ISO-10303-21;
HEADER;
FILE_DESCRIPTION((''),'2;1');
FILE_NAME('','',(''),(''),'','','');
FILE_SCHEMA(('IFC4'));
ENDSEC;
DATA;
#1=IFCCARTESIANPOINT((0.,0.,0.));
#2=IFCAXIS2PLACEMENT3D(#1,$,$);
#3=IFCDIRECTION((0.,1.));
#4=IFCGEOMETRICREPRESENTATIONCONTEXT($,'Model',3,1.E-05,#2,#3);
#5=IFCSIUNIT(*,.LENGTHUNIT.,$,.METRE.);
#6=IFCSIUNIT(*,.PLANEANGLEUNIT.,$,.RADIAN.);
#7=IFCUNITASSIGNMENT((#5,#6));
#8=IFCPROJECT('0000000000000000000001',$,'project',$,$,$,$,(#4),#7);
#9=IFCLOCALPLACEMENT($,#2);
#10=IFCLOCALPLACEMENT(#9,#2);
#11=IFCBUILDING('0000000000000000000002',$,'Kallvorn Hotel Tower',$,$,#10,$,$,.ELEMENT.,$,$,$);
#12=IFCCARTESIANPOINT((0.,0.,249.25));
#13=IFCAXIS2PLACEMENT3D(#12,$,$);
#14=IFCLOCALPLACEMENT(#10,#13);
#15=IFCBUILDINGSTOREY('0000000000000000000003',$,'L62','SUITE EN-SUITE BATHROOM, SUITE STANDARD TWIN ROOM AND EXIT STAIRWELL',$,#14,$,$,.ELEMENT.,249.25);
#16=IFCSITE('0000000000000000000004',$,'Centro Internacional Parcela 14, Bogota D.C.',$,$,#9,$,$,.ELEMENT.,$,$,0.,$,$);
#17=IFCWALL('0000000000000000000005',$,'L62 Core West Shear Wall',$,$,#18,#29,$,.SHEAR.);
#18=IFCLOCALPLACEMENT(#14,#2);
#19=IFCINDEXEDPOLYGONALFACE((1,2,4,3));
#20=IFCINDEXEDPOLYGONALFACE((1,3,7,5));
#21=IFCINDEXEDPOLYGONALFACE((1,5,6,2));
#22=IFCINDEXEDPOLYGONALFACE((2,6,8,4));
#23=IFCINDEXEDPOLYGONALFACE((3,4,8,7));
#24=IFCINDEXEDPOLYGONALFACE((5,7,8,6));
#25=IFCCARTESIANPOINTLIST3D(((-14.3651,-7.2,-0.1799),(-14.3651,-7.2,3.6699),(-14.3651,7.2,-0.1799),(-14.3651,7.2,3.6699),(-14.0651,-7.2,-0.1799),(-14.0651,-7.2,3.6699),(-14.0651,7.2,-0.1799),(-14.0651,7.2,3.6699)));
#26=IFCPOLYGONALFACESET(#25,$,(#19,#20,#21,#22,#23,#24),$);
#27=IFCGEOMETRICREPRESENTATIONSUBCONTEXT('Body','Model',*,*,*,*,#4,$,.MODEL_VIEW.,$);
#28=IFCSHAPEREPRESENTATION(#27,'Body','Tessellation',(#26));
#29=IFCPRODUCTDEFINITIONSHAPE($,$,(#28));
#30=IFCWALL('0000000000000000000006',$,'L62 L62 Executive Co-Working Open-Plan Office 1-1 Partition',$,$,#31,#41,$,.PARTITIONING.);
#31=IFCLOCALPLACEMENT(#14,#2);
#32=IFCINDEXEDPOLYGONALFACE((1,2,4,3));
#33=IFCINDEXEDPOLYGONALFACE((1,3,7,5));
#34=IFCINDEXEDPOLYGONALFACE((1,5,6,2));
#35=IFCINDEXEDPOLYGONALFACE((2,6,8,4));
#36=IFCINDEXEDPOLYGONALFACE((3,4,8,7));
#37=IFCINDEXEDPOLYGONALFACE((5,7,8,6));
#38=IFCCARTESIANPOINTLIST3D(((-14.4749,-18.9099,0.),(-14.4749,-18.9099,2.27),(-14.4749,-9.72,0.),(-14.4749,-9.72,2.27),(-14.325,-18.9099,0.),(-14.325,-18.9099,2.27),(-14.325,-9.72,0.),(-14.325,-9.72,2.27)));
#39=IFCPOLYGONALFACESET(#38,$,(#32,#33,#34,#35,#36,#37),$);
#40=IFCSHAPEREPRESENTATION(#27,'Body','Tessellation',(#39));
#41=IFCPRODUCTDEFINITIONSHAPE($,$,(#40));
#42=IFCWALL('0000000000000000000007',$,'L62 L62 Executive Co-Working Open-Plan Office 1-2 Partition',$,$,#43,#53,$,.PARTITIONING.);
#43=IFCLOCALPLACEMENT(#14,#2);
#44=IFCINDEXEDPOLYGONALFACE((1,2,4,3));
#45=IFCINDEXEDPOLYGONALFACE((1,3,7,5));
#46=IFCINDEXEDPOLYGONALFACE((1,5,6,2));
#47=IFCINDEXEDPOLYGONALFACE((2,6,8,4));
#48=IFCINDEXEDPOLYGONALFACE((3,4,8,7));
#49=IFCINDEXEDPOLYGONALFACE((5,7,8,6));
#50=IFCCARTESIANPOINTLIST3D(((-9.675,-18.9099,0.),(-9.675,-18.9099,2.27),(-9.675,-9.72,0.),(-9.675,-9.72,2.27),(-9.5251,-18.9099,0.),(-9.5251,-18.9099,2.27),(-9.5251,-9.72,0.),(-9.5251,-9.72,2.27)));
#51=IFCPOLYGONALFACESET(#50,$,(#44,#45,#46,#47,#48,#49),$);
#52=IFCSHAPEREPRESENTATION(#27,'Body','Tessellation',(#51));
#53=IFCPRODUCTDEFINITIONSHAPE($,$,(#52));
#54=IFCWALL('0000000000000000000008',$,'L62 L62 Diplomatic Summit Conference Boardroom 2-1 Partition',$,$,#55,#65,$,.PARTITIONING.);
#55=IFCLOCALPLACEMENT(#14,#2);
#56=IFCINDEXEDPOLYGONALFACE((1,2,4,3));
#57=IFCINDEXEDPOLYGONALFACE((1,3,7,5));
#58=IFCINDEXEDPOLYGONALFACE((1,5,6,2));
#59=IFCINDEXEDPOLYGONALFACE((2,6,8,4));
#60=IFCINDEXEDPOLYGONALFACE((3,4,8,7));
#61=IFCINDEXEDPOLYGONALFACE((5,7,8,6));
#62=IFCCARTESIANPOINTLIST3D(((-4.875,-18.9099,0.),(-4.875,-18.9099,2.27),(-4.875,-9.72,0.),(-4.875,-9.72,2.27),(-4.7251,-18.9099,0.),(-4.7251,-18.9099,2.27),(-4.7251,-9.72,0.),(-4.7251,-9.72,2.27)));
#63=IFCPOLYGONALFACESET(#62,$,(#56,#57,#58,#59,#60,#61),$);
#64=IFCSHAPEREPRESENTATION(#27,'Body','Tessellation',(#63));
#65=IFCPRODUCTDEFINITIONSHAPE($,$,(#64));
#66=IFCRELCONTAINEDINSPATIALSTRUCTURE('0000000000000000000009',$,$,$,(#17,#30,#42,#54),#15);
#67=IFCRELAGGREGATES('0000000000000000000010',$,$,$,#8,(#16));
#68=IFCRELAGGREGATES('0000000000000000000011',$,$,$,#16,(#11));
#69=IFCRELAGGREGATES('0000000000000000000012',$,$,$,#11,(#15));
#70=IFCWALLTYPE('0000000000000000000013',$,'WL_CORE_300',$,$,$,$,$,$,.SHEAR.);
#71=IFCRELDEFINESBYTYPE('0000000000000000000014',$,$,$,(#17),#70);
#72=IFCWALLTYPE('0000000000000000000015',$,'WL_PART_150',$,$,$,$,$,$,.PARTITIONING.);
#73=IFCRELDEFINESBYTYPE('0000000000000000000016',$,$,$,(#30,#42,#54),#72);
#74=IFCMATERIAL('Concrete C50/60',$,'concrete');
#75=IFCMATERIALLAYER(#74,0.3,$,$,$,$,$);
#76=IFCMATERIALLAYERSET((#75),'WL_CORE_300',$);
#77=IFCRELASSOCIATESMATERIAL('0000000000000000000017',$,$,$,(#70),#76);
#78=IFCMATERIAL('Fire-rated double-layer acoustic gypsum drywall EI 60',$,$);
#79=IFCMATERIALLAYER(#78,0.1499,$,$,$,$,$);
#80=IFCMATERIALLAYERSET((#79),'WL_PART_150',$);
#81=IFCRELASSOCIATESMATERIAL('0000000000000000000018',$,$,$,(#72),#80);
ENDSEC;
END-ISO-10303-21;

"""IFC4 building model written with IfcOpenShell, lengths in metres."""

from ifc_helpers import new_model, si_unit, direction, frame, frame_2d, origin, place, context, subcontext, project, spatial, rectangle, extrude, material, layer, layer_set, type_object, element, save


model = new_model("IFC4")

# Units and contexts
model_context = context("Model", 3, precision=1e-05, world=origin(), true_north=direction((0.0, 1.0)))
body_context = subcontext(model_context, "Body", "Model", "MODEL_VIEW")
ifc_project = project(units=[si_unit("LENGTHUNIT", "METRE"), si_unit("PLANEANGLEUNIT", "RADIAN")], contexts=[model_context])

# Site, building, storey
site_placement = place(None, origin())
site = spatial("IfcSite", under=ifc_project, at=site_placement, Name="Centro Internacional Parcela 14, Bogota D.C.", CompositionType="ELEMENT", RefElevation=0.0)
building_placement = place(site_placement, origin())
building = spatial("IfcBuilding", under=site, at=building_placement, Name="Kallvorn Hotel Tower", CompositionType="ELEMENT")
storey_placement = place(building_placement, frame((0.0, 0.0, 249.25)))
storey = spatial("IfcBuildingStorey", under=building, at=storey_placement, Name="L62", Description="SUITE EN-SUITE BATHROOM, SUITE STANDARD TWIN ROOM AND EXIT STAIRWELL", CompositionType="ELEMENT", Elevation=249.25)

# Walls
ifc_material_1 = material(Name="Concrete C50/60", Category="concrete")
ifc_layer_1 = layer(ifc_material_1, 0.3)
ifc_layer_set_1 = layer_set([ifc_layer_1], Name="WL_CORE_300")
wall_type_1 = type_object("IfcWallType", Name="WL_CORE_300", PredefinedType="SHEAR", material=ifc_layer_set_1)
wall_placement = place(storey_placement, frame((-14.2151, -7.2, -0.1799), z_axis=(0.0, 0.0, 1.0), x_axis=(0.0, 1.0, 0.0)))
element("IfcWall", 1, at=wall_placement, inside=storey, type_object=wall_type_1, Name="L62 Core West Shear Wall", PredefinedType="SHEAR", context=body_context, shape_type="SweptSolid", body=[
    extrude(rectangle(XDim=14.3999, YDim=0.3, at=frame_2d((7.2, 0.0))), origin(), (0.0, 0.0, 1.0), 3.8499),
])
ifc_material_2 = material(Name="Fire-rated double-layer acoustic gypsum drywall EI 60")
ifc_layer_2 = layer(ifc_material_2, 0.1499)
ifc_layer_set_2 = layer_set([ifc_layer_2], Name="WL_PART_150")
wall_type_2 = type_object("IfcWallType", Name="WL_PART_150", PredefinedType="PARTITIONING", material=ifc_layer_set_2)
for number, where, z_axis, x_axis, name in (
    (2, (-14.3999, -18.9099, 0.0), (0.0, 0.0, 1.0), (0.0, 1.0, 0.0), "L62 L62 Executive Co-Working Open-Plan Office 1-1 Partition"),
    (3, (-9.6001, -18.9099, 0.0), (0.0, 0.0, 1.0), (0.0, 1.0, 0.0), "L62 L62 Executive Co-Working Open-Plan Office 1-2 Partition"),
    (4, (-4.8, -18.9099, 0.0), (0.0, 0.0, 1.0), (0.0, 1.0, 0.0), "L62 L62 Diplomatic Summit Conference Boardroom 2-1 Partition"),
):
    element("IfcWall", number, at=place(storey_placement, frame(where, z_axis=z_axis, x_axis=x_axis)), inside=storey, type_object=wall_type_2, Name=name, PredefinedType="PARTITIONING", context=body_context, shape_type="SweptSolid", body=[
        extrude(rectangle(XDim=9.1899, YDim=0.1499, at=frame_2d((4.595, 0.0))), origin(), (0.0, 0.0, 1.0), 2.27),
    ])

save(model, "model.ifc")
